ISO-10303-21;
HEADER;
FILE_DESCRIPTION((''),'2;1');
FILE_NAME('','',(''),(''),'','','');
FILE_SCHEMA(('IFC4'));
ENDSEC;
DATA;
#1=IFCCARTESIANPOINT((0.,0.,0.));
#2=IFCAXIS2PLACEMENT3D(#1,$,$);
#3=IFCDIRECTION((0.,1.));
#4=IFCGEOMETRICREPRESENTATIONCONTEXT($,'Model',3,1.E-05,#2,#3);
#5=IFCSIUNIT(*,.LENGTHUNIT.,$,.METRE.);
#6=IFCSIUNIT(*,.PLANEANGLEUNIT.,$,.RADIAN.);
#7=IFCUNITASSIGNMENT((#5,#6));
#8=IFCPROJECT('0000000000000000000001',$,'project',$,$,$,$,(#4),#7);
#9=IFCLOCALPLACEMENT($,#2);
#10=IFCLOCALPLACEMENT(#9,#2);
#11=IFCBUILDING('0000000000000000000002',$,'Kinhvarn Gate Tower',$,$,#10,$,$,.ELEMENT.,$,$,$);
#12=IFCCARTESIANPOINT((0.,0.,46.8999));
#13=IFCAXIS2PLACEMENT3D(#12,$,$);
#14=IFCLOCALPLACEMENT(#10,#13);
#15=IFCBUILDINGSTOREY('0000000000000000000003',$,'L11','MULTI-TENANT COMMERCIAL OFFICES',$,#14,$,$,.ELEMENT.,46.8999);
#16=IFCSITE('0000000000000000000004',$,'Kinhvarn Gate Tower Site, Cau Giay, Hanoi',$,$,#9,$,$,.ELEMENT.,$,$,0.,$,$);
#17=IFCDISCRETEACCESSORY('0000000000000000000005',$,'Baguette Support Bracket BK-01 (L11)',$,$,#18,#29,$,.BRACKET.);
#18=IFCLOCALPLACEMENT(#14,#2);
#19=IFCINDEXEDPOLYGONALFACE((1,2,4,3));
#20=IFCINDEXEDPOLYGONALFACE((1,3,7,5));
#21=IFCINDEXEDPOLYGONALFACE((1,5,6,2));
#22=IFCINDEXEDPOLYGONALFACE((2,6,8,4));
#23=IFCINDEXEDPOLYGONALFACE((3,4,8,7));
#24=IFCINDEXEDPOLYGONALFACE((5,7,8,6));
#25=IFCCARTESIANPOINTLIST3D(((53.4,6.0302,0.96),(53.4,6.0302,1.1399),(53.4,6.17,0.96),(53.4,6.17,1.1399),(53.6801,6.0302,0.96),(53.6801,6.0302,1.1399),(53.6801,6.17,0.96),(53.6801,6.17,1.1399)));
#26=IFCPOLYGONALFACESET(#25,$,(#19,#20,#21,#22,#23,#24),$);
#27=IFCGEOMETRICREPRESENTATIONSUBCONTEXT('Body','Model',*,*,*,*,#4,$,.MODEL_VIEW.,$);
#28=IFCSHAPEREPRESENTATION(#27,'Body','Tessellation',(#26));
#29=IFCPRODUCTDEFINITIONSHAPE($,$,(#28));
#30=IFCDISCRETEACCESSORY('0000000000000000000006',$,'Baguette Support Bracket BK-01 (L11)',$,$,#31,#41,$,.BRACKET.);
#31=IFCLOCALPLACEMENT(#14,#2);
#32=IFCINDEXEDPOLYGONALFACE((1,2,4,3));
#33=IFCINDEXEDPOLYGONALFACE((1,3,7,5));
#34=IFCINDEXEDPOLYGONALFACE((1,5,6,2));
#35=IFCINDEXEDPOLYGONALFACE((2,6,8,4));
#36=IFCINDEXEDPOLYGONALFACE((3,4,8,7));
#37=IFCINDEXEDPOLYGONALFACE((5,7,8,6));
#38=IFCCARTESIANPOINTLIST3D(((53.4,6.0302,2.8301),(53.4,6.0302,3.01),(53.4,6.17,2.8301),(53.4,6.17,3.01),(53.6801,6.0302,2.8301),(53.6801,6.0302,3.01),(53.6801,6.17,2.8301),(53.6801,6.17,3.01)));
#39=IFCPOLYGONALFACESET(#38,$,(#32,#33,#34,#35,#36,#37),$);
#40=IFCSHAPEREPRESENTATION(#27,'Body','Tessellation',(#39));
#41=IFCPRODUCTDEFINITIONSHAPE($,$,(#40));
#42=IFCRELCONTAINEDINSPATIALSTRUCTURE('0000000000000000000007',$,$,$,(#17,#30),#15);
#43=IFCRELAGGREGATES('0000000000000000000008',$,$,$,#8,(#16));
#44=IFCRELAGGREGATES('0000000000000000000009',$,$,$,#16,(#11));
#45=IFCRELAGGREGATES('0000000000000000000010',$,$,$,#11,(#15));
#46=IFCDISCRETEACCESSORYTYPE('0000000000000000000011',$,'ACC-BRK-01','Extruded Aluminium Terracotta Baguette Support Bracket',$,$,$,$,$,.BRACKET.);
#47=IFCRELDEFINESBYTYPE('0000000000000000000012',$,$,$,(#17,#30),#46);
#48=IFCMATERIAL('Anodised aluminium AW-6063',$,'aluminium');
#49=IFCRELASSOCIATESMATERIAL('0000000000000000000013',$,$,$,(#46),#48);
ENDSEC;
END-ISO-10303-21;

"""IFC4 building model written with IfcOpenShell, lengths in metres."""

from ifc_helpers import new_model, si_unit, direction, frame, origin, origin_2d, place, context, subcontext, project, spatial, rectangle, extrude, material, type_object, element, save


model = new_model("IFC4")

# Units and contexts
model_context = context("Model", 3, precision=1e-05, world=origin(), true_north=direction((0.0, 1.0)))
body_context = subcontext(model_context, "Body", "Model", "MODEL_VIEW")
ifc_project = project(units=[si_unit("LENGTHUNIT", "METRE"), si_unit("PLANEANGLEUNIT", "RADIAN")], contexts=[model_context])

# Site, building, storey
site_placement = place(None, origin())
site = spatial("IfcSite", under=ifc_project, at=site_placement, Name="Kinhvarn Gate Tower Site, Cau Giay, Hanoi", CompositionType="ELEMENT", RefElevation=0.0)
building_placement = place(site_placement, origin())
building = spatial("IfcBuilding", under=site, at=building_placement, Name="Kinhvarn Gate Tower", CompositionType="ELEMENT")
storey_placement = place(building_placement, frame((0.0, 0.0, 46.8999)))
storey = spatial("IfcBuildingStorey", under=building, at=storey_placement, Name="L11", Description="MULTI-TENANT COMMERCIAL OFFICES", CompositionType="ELEMENT", Elevation=46.8999)

# Shared definitions
ifc_material_1 = material(Name="Anodised aluminium AW-6063", Category="aluminium")

# Discrete accessories
discrete_accessory_type = type_object("IfcDiscreteAccessoryType", Name="ACC-BRK-01", Description="Extruded Aluminium Terracotta Baguette Support Bracket", PredefinedType="BRACKET", material=ifc_material_1)
for number, where, z_axis, x_axis, name in (
    (1, (53.54, 6.1001, 0.96), (0.0, 0.0, 1.0), (0.0, 1.0, 0.0), "Baguette Support Bracket BK-01 (L11)"),
    (2, (53.54, 6.1001, 2.8301), (0.0, 0.0, 1.0), (0.0, 1.0, 0.0), "Baguette Support Bracket BK-01 (L11)"),
):
    element("IfcDiscreteAccessory", number, at=place(storey_placement, frame(where, z_axis=z_axis, x_axis=x_axis)), inside=storey, type_object=discrete_accessory_type, Name=name, PredefinedType="BRACKET", context=body_context, shape_type="SweptSolid", body=[
        extrude(rectangle(XDim=0.1399, YDim=0.28, at=origin_2d()), origin(), (0.0, 0.0, 1.0), 0.1799),
    ])

save(model, "model.ifc")
